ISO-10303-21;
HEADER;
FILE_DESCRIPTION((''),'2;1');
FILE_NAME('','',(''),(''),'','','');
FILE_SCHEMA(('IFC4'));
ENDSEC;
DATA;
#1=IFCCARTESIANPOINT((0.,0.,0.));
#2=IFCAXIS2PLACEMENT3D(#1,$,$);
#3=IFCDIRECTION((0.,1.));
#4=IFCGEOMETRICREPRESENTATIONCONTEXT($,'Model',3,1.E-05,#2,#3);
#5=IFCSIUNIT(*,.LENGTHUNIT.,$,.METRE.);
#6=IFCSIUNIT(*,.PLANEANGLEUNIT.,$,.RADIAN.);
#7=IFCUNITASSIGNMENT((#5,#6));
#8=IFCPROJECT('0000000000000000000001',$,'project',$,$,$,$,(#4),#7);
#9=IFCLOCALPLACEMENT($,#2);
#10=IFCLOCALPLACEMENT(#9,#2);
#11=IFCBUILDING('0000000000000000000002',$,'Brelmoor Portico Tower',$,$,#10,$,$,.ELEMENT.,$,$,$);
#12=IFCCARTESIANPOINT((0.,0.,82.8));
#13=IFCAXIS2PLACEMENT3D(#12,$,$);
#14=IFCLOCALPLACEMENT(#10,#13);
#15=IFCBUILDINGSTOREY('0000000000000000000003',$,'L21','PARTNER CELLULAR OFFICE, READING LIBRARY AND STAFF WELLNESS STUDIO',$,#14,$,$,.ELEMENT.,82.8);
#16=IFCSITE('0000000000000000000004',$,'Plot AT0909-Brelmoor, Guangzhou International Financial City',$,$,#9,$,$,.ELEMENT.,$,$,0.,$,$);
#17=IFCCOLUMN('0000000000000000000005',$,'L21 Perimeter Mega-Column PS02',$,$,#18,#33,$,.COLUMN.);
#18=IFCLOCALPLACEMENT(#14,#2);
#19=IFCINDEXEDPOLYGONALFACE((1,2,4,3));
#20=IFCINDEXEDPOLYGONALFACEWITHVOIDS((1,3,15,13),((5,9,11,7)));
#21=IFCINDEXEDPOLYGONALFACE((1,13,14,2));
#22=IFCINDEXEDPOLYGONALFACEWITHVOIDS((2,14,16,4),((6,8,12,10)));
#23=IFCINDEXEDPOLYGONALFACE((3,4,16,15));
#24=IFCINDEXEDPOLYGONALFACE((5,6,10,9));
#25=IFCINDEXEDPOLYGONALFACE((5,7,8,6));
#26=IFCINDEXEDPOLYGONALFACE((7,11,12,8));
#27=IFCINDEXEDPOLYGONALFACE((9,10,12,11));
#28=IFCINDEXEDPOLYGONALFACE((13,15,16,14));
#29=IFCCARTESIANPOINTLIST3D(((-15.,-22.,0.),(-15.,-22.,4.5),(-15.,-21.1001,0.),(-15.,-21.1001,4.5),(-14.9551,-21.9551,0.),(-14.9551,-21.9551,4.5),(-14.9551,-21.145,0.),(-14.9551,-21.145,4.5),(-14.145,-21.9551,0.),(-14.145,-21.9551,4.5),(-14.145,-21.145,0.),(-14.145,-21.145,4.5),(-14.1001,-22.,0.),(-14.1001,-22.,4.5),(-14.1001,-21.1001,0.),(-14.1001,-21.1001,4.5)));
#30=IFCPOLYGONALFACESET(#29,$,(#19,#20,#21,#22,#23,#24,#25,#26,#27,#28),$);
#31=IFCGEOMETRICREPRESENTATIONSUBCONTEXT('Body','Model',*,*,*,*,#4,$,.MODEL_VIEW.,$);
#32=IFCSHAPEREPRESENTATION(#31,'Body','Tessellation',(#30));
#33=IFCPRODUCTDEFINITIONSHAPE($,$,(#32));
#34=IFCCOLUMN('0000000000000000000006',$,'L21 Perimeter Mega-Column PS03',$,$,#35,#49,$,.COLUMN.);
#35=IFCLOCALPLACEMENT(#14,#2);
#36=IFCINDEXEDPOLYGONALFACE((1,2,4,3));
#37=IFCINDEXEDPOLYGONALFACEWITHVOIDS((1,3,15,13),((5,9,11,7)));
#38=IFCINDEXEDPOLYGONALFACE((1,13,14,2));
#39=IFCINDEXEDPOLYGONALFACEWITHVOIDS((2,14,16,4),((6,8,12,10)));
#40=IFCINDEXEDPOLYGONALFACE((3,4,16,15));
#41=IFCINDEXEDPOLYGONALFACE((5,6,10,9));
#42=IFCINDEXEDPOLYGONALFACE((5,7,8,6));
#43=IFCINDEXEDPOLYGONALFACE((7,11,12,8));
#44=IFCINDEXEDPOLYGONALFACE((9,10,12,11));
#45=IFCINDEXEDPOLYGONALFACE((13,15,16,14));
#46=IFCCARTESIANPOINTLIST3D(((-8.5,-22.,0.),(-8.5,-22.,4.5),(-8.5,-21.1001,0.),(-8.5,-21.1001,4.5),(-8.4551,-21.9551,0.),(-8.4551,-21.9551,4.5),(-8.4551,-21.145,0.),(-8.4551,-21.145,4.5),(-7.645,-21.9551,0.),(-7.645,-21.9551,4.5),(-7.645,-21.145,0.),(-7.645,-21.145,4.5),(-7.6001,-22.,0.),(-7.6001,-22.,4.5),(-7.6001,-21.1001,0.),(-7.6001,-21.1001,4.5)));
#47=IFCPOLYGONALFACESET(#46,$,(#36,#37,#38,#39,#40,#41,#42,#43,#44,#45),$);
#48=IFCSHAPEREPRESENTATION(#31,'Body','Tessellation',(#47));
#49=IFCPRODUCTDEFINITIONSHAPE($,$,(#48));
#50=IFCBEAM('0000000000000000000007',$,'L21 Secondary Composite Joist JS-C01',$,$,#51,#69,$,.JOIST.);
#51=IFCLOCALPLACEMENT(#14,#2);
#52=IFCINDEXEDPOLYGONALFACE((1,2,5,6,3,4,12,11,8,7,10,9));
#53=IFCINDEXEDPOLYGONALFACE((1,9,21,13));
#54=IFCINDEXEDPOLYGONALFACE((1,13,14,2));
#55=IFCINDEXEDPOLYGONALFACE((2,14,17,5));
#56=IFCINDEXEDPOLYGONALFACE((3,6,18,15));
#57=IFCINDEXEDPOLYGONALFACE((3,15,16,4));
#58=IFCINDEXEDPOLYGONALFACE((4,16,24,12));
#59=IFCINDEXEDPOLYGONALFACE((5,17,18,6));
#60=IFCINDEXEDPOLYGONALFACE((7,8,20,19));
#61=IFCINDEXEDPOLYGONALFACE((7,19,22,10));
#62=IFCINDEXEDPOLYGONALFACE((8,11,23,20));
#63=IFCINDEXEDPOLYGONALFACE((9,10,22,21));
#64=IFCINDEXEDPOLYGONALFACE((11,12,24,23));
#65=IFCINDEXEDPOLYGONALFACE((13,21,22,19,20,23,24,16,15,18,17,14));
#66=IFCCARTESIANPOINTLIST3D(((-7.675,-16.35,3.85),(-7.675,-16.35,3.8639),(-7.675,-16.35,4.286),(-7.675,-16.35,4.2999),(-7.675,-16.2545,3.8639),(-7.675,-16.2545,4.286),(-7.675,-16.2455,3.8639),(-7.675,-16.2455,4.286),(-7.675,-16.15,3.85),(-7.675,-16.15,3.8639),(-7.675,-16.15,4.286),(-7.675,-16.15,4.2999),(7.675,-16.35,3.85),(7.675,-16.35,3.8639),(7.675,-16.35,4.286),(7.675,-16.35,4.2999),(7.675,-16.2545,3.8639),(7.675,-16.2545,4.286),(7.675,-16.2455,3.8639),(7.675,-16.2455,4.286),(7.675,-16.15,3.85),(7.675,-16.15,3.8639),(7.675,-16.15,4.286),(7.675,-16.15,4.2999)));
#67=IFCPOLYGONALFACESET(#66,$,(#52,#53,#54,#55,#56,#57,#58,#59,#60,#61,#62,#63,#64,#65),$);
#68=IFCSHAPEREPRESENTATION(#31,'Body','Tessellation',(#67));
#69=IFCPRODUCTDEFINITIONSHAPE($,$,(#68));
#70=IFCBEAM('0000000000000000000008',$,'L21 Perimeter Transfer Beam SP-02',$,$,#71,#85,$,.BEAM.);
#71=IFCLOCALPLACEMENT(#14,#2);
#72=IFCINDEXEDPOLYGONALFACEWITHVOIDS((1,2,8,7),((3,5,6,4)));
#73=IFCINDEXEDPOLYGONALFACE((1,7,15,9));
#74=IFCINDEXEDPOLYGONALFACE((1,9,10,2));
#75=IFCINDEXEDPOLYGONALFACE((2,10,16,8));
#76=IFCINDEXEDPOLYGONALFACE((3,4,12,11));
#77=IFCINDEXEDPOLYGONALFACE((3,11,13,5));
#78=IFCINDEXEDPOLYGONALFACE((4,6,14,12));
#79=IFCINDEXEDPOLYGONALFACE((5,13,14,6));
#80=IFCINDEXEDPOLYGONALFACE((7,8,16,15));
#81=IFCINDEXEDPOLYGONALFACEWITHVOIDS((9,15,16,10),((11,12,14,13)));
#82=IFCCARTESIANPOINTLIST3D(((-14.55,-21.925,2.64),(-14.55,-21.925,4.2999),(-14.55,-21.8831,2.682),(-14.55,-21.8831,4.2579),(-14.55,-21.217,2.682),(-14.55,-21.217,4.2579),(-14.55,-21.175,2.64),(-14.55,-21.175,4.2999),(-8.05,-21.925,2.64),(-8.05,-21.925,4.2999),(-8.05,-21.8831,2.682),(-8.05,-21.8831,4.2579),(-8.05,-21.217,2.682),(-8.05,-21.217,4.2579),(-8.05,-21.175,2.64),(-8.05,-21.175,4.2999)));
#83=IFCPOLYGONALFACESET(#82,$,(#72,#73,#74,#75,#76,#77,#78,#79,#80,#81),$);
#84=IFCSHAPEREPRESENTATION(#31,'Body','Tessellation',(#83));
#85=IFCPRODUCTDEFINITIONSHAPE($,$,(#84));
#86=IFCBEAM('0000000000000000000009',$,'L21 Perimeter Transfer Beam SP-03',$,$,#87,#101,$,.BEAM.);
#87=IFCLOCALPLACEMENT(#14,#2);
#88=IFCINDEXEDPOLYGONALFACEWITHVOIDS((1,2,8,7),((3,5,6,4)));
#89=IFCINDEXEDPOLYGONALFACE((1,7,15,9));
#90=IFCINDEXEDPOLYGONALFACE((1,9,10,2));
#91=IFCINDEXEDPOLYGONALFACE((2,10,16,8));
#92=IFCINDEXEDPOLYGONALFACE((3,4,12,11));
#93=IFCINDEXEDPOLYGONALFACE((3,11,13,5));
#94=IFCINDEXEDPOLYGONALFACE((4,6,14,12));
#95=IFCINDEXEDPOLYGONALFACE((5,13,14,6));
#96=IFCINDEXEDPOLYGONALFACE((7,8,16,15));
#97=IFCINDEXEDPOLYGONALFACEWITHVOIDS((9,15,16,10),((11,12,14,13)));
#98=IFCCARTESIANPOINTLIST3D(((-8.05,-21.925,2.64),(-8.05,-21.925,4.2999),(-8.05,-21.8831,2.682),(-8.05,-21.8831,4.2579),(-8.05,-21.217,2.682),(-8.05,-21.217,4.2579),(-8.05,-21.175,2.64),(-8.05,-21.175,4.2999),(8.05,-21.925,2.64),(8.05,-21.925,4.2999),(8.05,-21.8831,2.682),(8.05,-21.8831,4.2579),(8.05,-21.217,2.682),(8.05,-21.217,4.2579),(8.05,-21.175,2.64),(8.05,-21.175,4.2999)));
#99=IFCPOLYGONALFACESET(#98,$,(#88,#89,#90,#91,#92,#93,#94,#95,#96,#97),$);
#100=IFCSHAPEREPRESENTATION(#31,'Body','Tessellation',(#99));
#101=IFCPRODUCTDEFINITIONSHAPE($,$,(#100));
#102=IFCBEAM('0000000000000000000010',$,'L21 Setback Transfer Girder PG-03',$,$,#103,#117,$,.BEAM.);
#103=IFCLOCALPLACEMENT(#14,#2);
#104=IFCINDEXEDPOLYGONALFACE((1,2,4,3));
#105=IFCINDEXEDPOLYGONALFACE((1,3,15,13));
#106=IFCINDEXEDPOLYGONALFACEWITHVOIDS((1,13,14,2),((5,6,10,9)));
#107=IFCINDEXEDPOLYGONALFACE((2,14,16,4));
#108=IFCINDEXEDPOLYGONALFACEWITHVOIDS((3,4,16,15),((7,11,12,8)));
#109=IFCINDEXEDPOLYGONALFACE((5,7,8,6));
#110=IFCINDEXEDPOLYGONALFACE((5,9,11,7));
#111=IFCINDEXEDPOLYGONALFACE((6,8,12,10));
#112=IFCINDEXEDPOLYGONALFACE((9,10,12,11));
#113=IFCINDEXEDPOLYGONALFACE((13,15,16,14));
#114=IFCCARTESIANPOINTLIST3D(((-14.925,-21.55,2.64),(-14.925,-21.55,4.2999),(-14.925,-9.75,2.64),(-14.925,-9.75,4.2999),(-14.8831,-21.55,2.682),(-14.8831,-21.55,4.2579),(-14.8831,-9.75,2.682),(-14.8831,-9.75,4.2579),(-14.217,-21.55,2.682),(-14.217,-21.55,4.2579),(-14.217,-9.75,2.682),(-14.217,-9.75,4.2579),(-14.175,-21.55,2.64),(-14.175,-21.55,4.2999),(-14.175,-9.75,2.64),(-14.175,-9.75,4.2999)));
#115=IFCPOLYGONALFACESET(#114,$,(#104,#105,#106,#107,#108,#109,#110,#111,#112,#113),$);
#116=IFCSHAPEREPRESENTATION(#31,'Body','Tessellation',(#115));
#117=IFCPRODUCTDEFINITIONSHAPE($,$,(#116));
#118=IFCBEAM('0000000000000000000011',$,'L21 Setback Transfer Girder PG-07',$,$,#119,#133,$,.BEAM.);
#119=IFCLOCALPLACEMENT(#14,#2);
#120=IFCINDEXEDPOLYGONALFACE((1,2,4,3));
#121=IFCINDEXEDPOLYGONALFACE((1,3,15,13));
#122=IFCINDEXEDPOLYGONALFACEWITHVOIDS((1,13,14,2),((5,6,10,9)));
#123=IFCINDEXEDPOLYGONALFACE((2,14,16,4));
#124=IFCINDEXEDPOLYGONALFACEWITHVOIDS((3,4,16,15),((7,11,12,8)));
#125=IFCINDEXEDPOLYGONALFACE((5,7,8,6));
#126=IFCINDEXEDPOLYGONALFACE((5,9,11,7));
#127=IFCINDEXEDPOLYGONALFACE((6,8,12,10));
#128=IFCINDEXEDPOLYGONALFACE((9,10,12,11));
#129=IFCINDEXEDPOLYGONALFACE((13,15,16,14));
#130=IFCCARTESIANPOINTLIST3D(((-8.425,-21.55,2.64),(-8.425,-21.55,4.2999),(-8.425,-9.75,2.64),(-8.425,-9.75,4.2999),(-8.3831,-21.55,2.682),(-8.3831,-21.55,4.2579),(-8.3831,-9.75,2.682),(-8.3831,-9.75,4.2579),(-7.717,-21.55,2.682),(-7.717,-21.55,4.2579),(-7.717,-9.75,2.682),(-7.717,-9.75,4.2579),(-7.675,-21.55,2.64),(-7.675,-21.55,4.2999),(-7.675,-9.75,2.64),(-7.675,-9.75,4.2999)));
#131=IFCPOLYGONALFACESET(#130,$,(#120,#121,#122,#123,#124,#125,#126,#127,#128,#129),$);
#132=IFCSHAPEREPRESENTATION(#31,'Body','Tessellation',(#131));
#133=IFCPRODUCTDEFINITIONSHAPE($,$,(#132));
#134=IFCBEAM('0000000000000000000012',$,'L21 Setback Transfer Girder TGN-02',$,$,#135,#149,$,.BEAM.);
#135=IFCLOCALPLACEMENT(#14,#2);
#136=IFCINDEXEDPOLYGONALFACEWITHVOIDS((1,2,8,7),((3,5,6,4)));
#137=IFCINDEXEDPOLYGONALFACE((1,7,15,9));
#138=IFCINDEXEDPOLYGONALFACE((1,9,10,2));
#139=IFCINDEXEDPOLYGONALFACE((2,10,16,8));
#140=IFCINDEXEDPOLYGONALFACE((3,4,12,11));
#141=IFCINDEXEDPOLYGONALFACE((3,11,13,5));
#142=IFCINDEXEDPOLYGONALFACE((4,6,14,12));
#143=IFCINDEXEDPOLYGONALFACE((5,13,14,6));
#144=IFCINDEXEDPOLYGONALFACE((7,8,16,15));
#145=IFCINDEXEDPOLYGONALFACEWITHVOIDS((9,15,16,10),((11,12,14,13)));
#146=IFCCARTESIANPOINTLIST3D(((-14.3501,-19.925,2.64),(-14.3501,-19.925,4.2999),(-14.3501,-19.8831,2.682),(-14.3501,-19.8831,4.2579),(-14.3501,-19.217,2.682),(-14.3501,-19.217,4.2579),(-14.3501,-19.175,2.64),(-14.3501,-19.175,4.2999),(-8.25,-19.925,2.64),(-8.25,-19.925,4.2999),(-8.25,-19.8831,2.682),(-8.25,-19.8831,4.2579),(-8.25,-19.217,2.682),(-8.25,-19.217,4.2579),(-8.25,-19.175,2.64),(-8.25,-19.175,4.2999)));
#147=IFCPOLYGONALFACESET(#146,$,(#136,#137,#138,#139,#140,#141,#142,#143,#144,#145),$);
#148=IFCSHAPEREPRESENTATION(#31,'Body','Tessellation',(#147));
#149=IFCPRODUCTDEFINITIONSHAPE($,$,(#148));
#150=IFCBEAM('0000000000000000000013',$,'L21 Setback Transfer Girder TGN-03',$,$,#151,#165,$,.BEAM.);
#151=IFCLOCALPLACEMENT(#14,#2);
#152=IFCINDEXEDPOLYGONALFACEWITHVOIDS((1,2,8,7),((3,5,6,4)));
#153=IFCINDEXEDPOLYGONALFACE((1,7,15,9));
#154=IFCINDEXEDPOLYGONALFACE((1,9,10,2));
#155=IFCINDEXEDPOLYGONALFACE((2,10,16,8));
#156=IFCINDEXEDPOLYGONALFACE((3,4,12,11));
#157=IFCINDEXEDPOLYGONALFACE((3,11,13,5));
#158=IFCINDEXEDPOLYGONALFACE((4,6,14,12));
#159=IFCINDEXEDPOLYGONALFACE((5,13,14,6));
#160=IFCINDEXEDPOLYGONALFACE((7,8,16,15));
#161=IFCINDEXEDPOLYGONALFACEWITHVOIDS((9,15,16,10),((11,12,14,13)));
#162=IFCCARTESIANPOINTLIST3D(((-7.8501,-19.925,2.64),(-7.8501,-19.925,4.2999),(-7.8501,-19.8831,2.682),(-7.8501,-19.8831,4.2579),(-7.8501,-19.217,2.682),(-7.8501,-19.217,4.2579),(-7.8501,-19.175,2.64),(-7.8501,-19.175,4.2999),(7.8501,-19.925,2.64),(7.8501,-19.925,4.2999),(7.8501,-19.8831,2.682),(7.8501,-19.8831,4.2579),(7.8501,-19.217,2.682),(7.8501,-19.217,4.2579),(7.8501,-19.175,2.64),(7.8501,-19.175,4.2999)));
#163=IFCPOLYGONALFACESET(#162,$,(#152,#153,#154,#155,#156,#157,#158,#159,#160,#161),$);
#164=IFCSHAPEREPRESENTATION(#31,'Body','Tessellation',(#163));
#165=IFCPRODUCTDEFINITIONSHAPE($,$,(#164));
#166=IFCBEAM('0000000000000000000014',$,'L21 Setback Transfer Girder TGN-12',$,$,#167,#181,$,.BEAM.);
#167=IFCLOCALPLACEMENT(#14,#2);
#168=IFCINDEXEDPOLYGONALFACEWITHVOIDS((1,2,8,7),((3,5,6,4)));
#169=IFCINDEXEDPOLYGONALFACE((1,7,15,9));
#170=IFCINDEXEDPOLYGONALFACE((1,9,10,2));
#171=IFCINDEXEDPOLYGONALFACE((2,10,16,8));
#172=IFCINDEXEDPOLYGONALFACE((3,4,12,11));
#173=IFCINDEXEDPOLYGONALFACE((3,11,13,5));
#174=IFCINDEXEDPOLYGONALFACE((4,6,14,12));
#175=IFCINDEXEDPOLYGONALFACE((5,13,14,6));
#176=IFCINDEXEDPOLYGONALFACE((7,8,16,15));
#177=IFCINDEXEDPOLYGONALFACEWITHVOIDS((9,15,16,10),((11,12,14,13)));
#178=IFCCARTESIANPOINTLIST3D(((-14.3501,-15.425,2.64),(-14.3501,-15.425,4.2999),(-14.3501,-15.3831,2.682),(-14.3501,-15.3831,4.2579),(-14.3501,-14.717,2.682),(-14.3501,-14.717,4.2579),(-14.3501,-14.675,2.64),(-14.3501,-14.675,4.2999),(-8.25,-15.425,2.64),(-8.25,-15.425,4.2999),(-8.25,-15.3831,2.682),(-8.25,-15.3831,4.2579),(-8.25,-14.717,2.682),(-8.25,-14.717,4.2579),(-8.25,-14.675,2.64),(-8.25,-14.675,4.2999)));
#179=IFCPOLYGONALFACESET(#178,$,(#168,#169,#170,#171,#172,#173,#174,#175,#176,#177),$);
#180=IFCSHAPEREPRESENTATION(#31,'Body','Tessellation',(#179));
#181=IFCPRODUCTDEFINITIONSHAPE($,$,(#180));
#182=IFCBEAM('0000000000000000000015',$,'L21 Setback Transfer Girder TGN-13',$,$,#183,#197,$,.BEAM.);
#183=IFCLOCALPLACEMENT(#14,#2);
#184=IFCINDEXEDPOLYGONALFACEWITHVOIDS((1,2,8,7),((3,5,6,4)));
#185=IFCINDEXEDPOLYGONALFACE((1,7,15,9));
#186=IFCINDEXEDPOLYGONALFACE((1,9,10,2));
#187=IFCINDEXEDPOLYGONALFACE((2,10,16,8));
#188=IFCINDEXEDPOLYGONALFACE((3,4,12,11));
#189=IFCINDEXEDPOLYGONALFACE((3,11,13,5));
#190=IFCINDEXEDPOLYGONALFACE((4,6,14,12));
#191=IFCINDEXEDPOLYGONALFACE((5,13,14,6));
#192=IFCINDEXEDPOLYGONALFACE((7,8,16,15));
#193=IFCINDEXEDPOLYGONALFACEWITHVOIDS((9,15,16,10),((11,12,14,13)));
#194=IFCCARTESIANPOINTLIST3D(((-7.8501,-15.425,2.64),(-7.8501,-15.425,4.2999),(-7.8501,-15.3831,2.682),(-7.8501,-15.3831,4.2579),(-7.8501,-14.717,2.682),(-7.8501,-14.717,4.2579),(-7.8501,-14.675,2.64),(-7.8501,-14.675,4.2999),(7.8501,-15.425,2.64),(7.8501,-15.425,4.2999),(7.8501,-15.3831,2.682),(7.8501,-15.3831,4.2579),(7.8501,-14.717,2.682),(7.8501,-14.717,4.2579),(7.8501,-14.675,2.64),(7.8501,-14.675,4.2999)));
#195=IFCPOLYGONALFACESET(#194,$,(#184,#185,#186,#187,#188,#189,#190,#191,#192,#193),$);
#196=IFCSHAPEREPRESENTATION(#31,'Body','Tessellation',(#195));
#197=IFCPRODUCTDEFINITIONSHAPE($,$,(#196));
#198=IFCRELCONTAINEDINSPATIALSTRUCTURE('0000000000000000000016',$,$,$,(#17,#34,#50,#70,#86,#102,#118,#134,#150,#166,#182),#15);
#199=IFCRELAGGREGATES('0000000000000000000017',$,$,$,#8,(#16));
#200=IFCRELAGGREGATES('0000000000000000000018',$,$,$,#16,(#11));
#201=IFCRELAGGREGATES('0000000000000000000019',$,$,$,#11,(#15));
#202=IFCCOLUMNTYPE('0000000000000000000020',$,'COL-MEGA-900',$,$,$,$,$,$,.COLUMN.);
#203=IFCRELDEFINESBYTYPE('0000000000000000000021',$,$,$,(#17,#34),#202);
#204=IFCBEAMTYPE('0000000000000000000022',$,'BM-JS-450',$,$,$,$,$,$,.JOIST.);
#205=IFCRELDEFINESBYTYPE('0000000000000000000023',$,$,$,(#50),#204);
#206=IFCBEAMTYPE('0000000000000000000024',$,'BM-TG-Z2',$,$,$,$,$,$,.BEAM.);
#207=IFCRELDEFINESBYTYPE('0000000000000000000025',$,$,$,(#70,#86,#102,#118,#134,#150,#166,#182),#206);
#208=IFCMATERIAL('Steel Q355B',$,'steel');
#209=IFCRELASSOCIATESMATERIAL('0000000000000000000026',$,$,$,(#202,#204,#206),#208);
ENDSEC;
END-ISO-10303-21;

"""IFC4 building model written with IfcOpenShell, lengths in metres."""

from ifc_helpers import new_model, si_unit, direction, frame, origin, origin_2d, place, context, subcontext, project, spatial, hollow_rectangle, i_section, extrude, material, material_profile, profile_set, type_object, element, save


model = new_model("IFC4")

# Units and contexts
model_context = context("Model", 3, precision=1e-05, world=origin(), true_north=direction((0.0, 1.0)))
body_context = subcontext(model_context, "Body", "Model", "MODEL_VIEW")
ifc_project = project(units=[si_unit("LENGTHUNIT", "METRE"), si_unit("PLANEANGLEUNIT", "RADIAN")], contexts=[model_context])

# Site, building, storey
site_placement = place(None, origin())
site = spatial("IfcSite", under=ifc_project, at=site_placement, Name="Plot AT0909-Brelmoor, Guangzhou International Financial City", CompositionType="ELEMENT", RefElevation=0.0)
building_placement = place(site_placement, origin())
building = spatial("IfcBuilding", under=site, at=building_placement, Name="Brelmoor Portico Tower", CompositionType="ELEMENT")
storey_placement = place(building_placement, frame((0.0, 0.0, 82.8)))
storey = spatial("IfcBuildingStorey", under=building, at=storey_placement, Name="L21", Description="PARTNER CELLULAR OFFICE, READING LIBRARY AND STAFF WELLNESS STUDIO", CompositionType="ELEMENT", Elevation=82.8)

# Columns
ifc_material_1 = material(Name="Steel Q355B", Category="steel")
ifc_material_profile_1 = material_profile(ifc_material_1, hollow_rectangle(XDim=0.8999, YDim=0.8999, WallThickness=0.0449, at=origin_2d()), Name="BOX 900x900x45")
ifc_profile_set_1 = profile_set([ifc_material_profile_1], Name="Steel Q355B")
column_type = type_object("IfcColumnType", Name="COL-MEGA-900", PredefinedType="COLUMN", material=ifc_profile_set_1)
for number, where, z_axis, x_axis, name in (
    (1, (-14.55, -21.55, 0.0), (0.0, 0.0, 1.0), (1.0, 0.0, 0.0), "L21 Perimeter Mega-Column PS02"),
    (2, (-8.05, -21.55, 0.0), (0.0, 0.0, 1.0), (1.0, 0.0, 0.0), "L21 Perimeter Mega-Column PS03"),
):
    element("IfcColumn", number, at=place(storey_placement, frame(where, z_axis=z_axis, x_axis=x_axis)), inside=storey, type_object=column_type, Name=name, PredefinedType="COLUMN", context=body_context, shape_type="SweptSolid", body=[
        extrude(hollow_rectangle(XDim=0.8999, YDim=0.8999, WallThickness=0.0449, at=origin_2d()), origin(), (0.0, 0.0, 1.0), 4.5),
    ])

# Beams
ifc_material_profile_2 = material_profile(ifc_material_1, i_section(OverallWidth=0.2, OverallDepth=0.45, WebThickness=0.009, FlangeThickness=0.0139, at=origin_2d()), Name="HN 450x200x9x14")
ifc_profile_set_2 = profile_set([ifc_material_profile_2], Name="Steel Q355B")
beam_type_1 = type_object("IfcBeamType", Name="BM-JS-450", PredefinedType="JOIST", material=ifc_profile_set_2)
beam_1_placement = place(storey_placement, frame((-7.675, -16.25, 4.075), z_axis=(1.0, 0.0, 0.0), x_axis=(0.0, 1.0, 0.0)))
element("IfcBeam", 3, at=beam_1_placement, inside=storey, type_object=beam_type_1, Name="L21 Secondary Composite Joist JS-C01", PredefinedType="JOIST", context=body_context, shape_type="SweptSolid", body=[
    extrude(i_section(OverallWidth=0.2, OverallDepth=0.45, WebThickness=0.009, FlangeThickness=0.0139, at=origin_2d()), origin(), (0.0, 0.0, 1.0), 15.3501),
])
ifc_material_profile_3 = material_profile(ifc_material_1, hollow_rectangle(XDim=0.75, YDim=1.6599, WallThickness=0.042, at=origin_2d()), Name="BOX 750x1660x42")
ifc_profile_set_3 = profile_set([ifc_material_profile_3], Name="Steel Q355B")
beam_type_2 = type_object("IfcBeamType", Name="BM-TG-Z2", PredefinedType="BEAM", material=ifc_profile_set_3)
beam_2_placement = place(storey_placement, frame((-14.55, -21.55, 3.47), z_axis=(1.0, 0.0, 0.0), x_axis=(0.0, 1.0, 0.0)))
element("IfcBeam", 4, at=beam_2_placement, inside=storey, type_object=beam_type_2, Name="L21 Perimeter Transfer Beam SP-02", PredefinedType="BEAM", context=body_context, shape_type="SweptSolid", body=[
    extrude(hollow_rectangle(XDim=0.75, YDim=1.6599, WallThickness=0.042, at=origin_2d()), origin(), (0.0, 0.0, 1.0), 6.5),
])
beam_3_placement = place(storey_placement, frame((-8.05, -21.55, 3.47), z_axis=(1.0, 0.0, 0.0), x_axis=(0.0, 1.0, 0.0)))
element("IfcBeam", 5, at=beam_3_placement, inside=storey, type_object=beam_type_2, Name="L21 Perimeter Transfer Beam SP-03", PredefinedType="BEAM", context=body_context, shape_type="SweptSolid", body=[
    extrude(hollow_rectangle(XDim=0.75, YDim=1.6599, WallThickness=0.042, at=origin_2d()), origin(), (0.0, 0.0, 1.0), 16.1001),
])
for number, where, z_axis, x_axis, name in (
    (6, (-14.55, -21.55, 3.47), (0.0, 1.0, 0.0), (-1.0, 0.0, 0.0), "L21 Setback Transfer Girder PG-03"),
    (7, (-8.05, -21.55, 3.47), (0.0, 1.0, 0.0), (-1.0, 0.0, 0.0), "L21 Setback Transfer Girder PG-07"),
):
    element("IfcBeam", number, at=place(storey_placement, frame(where, z_axis=z_axis, x_axis=x_axis)), inside=storey, type_object=beam_type_2, Name=name, PredefinedType="BEAM", context=body_context, shape_type="SweptSolid", body=[
        extrude(hollow_rectangle(XDim=0.75, YDim=1.6599, WallThickness=0.042, at=origin_2d()), origin(), (0.0, 0.0, 1.0), 11.8),
    ])
beam_4_placement = place(storey_placement, frame((-14.3501, -19.55, 3.47), z_axis=(1.0, 0.0, 0.0), x_axis=(0.0, 1.0, 0.0)))
element("IfcBeam", 8, at=beam_4_placement, inside=storey, type_object=beam_type_2, Name="L21 Setback Transfer Girder TGN-02", PredefinedType="BEAM", context=body_context, shape_type="SweptSolid", body=[
    extrude(hollow_rectangle(XDim=0.75, YDim=1.6599, WallThickness=0.042, at=origin_2d()), origin(), (0.0, 0.0, 1.0), 6.1001),
])
beam_5_placement = place(storey_placement, frame((-7.8501, -19.55, 3.47), z_axis=(1.0, 0.0, 0.0), x_axis=(0.0, 1.0, 0.0)))
element("IfcBeam", 9, at=beam_5_placement, inside=storey, type_object=beam_type_2, Name="L21 Setback Transfer Girder TGN-03", PredefinedType="BEAM", context=body_context, shape_type="SweptSolid", body=[
    extrude(hollow_rectangle(XDim=0.75, YDim=1.6599, WallThickness=0.042, at=origin_2d()), origin(), (0.0, 0.0, 1.0), 15.7002),
])
beam_6_placement = place(storey_placement, frame((-14.3501, -15.05, 3.47), z_axis=(1.0, 0.0, 0.0), x_axis=(0.0, 1.0, 0.0)))
element("IfcBeam", 10, at=beam_6_placement, inside=storey, type_object=beam_type_2, Name="L21 Setback Transfer Girder TGN-12", PredefinedType="BEAM", context=body_context, shape_type="SweptSolid", body=[
    extrude(hollow_rectangle(XDim=0.75, YDim=1.6599, WallThickness=0.042, at=origin_2d()), origin(), (0.0, 0.0, 1.0), 6.1001),
])
beam_7_placement = place(storey_placement, frame((-7.8501, -15.05, 3.47), z_axis=(1.0, 0.0, 0.0), x_axis=(0.0, 1.0, 0.0)))
element("IfcBeam", 11, at=beam_7_placement, inside=storey, type_object=beam_type_2, Name="L21 Setback Transfer Girder TGN-13", PredefinedType="BEAM", context=body_context, shape_type="SweptSolid", body=[
    extrude(hollow_rectangle(XDim=0.75, YDim=1.6599, WallThickness=0.042, at=origin_2d()), origin(), (0.0, 0.0, 1.0), 15.7002),
])

save(model, "model.ifc")
